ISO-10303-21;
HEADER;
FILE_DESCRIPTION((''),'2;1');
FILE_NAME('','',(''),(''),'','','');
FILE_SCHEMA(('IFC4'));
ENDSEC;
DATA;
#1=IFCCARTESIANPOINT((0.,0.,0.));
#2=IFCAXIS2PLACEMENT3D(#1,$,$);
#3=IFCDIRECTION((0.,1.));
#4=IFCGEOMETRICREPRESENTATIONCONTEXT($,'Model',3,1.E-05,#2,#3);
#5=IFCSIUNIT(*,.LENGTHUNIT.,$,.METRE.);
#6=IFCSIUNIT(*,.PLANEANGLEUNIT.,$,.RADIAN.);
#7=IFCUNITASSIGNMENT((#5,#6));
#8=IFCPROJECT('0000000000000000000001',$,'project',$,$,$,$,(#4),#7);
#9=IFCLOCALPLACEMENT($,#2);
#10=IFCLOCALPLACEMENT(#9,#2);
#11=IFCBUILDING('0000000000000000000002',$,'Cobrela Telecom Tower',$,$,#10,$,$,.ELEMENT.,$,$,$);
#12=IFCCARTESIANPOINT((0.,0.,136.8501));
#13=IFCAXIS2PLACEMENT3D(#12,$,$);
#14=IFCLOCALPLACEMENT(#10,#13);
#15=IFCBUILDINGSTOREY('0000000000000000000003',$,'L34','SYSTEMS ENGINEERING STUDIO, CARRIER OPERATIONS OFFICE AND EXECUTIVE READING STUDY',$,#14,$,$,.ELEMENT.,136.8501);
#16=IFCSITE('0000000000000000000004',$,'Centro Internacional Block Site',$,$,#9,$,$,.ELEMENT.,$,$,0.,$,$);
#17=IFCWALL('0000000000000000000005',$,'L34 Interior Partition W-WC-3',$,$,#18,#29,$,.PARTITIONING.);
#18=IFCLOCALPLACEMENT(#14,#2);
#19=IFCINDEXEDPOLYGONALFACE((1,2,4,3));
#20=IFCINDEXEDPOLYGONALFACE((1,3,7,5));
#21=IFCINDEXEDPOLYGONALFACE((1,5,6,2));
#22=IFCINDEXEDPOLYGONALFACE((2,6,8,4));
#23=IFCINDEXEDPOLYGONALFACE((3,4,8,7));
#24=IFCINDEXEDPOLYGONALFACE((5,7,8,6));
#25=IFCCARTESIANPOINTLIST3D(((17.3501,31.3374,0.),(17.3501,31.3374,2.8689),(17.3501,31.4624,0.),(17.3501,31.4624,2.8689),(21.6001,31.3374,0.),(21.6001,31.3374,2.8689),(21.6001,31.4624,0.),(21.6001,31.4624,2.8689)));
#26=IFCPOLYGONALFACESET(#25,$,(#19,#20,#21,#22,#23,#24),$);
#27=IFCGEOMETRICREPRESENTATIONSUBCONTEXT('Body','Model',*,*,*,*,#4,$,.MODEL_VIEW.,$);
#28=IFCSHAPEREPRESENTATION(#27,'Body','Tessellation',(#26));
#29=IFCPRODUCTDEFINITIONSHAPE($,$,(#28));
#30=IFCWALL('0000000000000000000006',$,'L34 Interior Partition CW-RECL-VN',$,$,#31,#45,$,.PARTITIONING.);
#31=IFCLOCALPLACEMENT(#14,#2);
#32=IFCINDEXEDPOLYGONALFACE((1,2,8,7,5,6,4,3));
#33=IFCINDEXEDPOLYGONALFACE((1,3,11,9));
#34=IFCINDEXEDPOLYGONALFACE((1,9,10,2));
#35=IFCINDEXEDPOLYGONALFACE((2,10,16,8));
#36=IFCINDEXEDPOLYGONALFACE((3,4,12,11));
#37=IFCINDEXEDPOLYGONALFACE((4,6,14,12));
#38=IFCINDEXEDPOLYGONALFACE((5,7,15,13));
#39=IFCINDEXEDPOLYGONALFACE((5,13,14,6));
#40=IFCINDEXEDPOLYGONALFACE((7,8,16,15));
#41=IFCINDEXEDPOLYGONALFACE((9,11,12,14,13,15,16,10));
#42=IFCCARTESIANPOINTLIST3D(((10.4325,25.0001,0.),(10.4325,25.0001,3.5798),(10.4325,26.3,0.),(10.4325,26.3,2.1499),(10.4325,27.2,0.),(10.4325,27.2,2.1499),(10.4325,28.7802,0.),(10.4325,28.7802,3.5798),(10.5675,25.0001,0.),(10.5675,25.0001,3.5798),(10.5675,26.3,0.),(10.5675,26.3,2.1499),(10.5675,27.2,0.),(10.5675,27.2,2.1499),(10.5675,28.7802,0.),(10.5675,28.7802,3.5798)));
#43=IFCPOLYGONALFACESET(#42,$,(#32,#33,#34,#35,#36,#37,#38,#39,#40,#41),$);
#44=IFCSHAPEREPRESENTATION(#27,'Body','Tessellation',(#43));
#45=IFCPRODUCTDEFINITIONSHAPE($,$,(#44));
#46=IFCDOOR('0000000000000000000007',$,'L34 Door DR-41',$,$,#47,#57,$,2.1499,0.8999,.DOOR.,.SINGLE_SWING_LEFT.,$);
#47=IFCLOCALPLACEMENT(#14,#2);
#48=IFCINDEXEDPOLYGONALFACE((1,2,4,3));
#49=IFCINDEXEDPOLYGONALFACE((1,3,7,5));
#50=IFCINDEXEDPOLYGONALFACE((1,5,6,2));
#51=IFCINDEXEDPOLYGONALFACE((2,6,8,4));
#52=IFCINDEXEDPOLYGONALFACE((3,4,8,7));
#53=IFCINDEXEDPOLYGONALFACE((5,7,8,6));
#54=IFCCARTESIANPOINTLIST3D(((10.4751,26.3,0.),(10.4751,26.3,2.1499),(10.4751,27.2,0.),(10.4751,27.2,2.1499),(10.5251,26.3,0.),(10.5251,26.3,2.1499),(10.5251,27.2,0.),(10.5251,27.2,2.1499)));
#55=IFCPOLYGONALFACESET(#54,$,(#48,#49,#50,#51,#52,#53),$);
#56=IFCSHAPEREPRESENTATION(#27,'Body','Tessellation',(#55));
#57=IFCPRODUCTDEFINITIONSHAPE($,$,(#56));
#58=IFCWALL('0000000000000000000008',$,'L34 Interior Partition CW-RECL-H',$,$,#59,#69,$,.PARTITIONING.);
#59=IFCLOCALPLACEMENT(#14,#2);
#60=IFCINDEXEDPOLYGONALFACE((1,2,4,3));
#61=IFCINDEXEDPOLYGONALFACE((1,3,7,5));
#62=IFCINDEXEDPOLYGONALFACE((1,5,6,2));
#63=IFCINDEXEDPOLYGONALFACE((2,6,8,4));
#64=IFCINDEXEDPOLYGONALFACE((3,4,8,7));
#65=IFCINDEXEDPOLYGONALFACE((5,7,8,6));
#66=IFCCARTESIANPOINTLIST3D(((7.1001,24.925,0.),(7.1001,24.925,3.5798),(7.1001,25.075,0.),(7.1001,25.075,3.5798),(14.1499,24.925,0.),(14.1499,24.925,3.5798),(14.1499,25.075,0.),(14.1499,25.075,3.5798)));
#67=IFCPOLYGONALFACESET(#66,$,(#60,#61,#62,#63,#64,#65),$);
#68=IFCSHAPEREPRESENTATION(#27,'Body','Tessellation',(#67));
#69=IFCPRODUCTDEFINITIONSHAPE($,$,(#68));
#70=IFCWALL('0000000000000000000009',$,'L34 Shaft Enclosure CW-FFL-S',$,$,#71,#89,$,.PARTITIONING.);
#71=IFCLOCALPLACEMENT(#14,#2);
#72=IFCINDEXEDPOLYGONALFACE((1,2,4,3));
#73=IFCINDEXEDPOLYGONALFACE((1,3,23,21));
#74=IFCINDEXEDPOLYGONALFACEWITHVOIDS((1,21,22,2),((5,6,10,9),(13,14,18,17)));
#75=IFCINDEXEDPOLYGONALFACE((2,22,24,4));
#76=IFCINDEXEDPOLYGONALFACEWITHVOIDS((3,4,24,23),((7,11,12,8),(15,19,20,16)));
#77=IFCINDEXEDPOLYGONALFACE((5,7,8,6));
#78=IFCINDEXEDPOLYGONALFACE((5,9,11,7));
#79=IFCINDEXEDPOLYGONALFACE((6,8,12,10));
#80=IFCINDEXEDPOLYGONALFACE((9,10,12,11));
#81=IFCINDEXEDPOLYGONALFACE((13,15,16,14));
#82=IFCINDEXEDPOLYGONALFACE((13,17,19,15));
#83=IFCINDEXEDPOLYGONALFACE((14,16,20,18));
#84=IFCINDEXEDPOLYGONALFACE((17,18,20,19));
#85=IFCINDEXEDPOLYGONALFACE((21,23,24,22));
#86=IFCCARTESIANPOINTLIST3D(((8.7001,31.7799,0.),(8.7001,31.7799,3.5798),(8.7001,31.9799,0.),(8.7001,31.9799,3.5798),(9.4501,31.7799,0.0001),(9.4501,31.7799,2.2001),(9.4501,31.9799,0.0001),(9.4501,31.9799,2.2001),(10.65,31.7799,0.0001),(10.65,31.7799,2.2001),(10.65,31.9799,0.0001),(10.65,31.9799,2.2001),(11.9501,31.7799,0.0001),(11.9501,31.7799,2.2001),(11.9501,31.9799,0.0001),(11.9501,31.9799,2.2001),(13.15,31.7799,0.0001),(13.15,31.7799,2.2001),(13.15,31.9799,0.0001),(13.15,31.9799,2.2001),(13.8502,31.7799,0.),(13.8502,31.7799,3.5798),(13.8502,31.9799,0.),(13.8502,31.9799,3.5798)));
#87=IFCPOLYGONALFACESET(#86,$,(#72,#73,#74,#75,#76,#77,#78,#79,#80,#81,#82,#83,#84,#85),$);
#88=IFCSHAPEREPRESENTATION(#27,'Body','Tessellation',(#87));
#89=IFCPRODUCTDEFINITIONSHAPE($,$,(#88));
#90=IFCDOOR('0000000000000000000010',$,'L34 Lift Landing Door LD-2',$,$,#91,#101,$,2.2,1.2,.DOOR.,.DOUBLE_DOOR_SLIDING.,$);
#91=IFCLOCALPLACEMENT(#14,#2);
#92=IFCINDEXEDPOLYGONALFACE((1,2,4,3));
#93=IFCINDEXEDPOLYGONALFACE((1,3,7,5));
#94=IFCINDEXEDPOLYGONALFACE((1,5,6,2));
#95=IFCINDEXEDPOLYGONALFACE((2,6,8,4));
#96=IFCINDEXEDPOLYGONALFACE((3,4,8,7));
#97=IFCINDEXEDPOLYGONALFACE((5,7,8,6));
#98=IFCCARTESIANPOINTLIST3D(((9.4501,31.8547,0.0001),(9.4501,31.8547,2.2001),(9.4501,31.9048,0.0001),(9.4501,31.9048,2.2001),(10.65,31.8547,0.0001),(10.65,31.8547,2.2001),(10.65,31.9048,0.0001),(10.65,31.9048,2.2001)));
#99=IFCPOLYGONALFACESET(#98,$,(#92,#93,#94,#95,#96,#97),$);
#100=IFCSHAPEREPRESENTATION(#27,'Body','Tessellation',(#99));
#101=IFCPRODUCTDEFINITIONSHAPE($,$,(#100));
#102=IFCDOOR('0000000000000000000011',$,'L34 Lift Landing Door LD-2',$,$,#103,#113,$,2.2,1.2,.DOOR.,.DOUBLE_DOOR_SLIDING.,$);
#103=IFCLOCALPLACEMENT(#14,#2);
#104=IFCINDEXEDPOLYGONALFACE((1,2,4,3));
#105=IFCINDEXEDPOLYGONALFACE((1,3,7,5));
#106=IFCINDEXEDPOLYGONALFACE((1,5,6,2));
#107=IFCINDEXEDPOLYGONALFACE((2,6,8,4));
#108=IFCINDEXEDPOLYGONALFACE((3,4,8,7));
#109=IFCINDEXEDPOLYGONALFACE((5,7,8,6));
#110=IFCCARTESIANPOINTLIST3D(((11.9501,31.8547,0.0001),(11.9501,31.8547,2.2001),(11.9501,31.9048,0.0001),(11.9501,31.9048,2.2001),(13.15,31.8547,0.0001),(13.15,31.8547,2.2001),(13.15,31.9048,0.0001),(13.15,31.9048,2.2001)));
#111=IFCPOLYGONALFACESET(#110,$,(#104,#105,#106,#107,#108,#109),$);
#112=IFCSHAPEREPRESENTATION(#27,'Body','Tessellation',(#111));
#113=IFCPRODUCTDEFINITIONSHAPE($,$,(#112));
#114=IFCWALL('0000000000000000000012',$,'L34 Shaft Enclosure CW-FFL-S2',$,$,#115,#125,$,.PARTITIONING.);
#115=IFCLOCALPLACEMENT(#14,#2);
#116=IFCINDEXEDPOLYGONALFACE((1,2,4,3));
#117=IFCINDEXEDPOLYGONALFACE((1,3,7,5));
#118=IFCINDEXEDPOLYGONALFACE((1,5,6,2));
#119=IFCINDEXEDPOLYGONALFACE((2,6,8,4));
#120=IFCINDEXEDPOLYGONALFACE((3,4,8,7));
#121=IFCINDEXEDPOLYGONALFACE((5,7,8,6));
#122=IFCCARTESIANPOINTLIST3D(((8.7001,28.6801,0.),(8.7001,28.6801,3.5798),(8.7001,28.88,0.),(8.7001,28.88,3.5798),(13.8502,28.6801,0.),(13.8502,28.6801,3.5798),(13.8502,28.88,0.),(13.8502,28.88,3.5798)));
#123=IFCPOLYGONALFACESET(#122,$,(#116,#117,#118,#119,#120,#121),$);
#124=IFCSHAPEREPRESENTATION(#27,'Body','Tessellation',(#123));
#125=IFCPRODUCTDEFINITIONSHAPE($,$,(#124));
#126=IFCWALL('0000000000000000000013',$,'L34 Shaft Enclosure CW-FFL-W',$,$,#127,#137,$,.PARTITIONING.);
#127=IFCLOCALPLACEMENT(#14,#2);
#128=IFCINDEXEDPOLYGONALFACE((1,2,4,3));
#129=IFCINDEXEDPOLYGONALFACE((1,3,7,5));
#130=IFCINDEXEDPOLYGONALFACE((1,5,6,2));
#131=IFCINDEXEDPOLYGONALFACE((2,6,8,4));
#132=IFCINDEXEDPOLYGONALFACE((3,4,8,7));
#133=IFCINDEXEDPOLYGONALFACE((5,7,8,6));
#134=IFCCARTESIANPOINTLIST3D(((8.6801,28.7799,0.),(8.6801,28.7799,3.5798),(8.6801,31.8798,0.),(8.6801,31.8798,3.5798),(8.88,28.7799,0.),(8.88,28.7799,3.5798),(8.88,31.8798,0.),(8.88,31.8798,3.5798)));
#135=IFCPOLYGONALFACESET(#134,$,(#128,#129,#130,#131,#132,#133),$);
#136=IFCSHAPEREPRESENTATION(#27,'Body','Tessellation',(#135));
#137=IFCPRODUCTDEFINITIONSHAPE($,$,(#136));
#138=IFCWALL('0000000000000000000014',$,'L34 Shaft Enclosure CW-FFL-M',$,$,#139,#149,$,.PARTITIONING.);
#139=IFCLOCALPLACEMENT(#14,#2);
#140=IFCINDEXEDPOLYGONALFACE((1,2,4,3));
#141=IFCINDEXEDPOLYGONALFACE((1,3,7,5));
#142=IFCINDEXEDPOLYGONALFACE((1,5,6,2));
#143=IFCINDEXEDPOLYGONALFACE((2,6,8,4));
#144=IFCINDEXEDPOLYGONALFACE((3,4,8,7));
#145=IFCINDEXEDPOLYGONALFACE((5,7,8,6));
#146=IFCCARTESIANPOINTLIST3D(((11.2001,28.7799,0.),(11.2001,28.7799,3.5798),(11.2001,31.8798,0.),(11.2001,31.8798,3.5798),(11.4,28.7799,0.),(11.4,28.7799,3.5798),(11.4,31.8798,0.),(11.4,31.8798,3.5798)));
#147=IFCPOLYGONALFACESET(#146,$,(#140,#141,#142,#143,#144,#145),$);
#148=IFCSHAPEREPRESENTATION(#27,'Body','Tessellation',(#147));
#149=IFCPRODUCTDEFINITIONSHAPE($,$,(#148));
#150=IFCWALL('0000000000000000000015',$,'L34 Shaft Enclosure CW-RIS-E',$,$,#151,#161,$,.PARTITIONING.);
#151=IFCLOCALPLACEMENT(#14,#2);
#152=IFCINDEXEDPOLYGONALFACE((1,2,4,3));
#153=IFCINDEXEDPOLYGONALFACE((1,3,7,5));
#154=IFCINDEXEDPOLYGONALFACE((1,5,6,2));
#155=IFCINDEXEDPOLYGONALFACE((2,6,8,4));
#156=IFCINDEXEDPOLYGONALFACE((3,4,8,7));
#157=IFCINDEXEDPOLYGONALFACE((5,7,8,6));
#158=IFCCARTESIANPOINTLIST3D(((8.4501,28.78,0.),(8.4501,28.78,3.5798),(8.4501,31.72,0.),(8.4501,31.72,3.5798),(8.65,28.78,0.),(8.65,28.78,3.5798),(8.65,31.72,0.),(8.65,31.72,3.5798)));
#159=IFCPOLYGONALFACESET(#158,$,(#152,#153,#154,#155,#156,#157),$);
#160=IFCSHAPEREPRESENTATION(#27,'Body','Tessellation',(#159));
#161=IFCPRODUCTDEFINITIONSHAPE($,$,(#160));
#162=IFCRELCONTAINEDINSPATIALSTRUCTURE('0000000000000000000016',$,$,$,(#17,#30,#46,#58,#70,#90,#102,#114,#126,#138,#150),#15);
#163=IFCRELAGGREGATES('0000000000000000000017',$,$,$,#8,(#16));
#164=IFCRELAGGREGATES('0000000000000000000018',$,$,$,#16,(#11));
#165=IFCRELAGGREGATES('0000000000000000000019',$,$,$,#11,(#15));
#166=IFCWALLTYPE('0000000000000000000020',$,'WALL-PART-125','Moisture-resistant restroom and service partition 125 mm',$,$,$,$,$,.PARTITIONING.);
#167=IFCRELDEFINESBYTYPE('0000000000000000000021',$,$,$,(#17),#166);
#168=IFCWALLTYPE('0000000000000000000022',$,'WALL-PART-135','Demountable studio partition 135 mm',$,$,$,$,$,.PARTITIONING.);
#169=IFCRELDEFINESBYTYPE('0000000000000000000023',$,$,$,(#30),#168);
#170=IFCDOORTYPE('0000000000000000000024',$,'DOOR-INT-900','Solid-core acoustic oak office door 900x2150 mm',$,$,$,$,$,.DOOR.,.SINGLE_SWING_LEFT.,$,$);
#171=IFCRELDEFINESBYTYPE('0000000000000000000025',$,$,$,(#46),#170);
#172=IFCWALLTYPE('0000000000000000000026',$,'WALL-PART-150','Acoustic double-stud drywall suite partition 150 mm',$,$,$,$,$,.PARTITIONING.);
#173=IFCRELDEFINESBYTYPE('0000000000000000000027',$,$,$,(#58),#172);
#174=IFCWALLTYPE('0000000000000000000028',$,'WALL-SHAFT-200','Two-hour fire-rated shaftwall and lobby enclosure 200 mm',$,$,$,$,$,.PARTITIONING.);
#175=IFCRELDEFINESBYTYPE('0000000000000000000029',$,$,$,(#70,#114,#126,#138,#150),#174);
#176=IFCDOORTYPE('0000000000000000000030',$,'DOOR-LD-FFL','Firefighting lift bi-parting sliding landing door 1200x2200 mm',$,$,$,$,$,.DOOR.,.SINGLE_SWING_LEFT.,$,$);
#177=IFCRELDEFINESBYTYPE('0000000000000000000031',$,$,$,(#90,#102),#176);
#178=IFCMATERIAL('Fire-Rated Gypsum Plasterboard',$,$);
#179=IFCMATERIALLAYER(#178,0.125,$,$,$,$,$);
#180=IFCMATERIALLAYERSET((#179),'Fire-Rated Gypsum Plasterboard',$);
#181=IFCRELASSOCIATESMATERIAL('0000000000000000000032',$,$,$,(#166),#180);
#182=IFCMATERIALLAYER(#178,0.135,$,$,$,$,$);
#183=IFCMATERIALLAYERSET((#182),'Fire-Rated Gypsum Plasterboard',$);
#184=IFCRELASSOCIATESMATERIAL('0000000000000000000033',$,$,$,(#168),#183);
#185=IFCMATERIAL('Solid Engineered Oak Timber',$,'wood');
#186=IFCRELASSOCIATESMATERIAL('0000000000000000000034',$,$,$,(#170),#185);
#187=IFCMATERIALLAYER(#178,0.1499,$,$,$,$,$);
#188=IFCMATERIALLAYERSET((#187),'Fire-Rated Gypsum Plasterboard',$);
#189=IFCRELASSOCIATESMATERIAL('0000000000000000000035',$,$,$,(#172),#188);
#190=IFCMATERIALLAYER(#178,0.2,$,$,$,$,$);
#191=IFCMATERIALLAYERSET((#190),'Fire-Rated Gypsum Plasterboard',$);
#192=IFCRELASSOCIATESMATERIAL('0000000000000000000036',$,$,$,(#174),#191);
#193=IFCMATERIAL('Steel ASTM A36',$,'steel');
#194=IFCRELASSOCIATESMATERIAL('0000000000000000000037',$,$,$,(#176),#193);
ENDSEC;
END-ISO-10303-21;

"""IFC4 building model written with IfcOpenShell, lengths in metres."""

from ifc_helpers import new_model, si_unit, direction, frame, frame_2d, origin, place, context, subcontext, project, spatial, rectangle, extrude, material, layer, layer_set, type_object, element, fill, save


model = new_model("IFC4")

# Units and contexts
model_context = context("Model", 3, precision=1e-05, world=origin(), true_north=direction((0.0, 1.0)))
body_context = subcontext(model_context, "Body", "Model", "MODEL_VIEW")
ifc_project = project(units=[si_unit("LENGTHUNIT", "METRE"), si_unit("PLANEANGLEUNIT", "RADIAN")], contexts=[model_context])

# Site, building, storey
site_placement = place(None, origin())
site = spatial("IfcSite", under=ifc_project, at=site_placement, Name="Centro Internacional Block Site", CompositionType="ELEMENT", RefElevation=0.0)
building_placement = place(site_placement, origin())
building = spatial("IfcBuilding", under=site, at=building_placement, Name="Cobrela Telecom Tower", CompositionType="ELEMENT")
storey_placement = place(building_placement, frame((0.0, 0.0, 136.8501)))
storey = spatial("IfcBuildingStorey", under=building, at=storey_placement, Name="L34", Description="SYSTEMS ENGINEERING STUDIO, CARRIER OPERATIONS OFFICE AND EXECUTIVE READING STUDY", CompositionType="ELEMENT", Elevation=136.8501)

# Shared definitions
ifc_material_1 = material(Name="Steel ASTM A36", Category="steel")

# Wall
ifc_material_2 = material(Name="Fire-Rated Gypsum Plasterboard")
ifc_layer_1 = layer(ifc_material_2, 0.125)
ifc_layer_set_1 = layer_set([ifc_layer_1], Name="Fire-Rated Gypsum Plasterboard")
wall_type_1 = type_object("IfcWallType", Name="WALL-PART-125", Description="Moisture-resistant restroom and service partition 125 mm", PredefinedType="PARTITIONING", material=ifc_layer_set_1)
for number, where, z_axis, x_axis, name in (
    (1, (17.3501, 31.3999, 0.0), (0.0, 0.0, 1.0), (1.0, 0.0, 0.0), "L34 Interior Partition W-WC-3"),
):
    element("IfcWall", number, at=place(storey_placement, frame(where, z_axis=z_axis, x_axis=x_axis)), inside=storey, type_object=wall_type_1, Name=name, PredefinedType="PARTITIONING", context=body_context, shape_type="SweptSolid", body=[
        extrude(rectangle(XDim=4.25, YDim=0.125, at=frame_2d((2.125, 0.0))), origin(), (0.0, 0.0, 1.0), 2.8689),
    ])

# Wall, opening, door
ifc_layer_2 = layer(ifc_material_2, 0.135)
ifc_layer_set_2 = layer_set([ifc_layer_2], Name="Fire-Rated Gypsum Plasterboard")
wall_type_2 = type_object("IfcWallType", Name="WALL-PART-135", Description="Demountable studio partition 135 mm", PredefinedType="PARTITIONING", material=ifc_layer_set_2)
wall_1_placement = place(storey_placement, frame((10.5, 25.0, 0.0), z_axis=(0.0, 0.0, 1.0), x_axis=(0.0, 1.0, 0.0)))
wall_1 = element("IfcWall", 2, at=wall_1_placement, inside=storey, type_object=wall_type_2, Name="L34 Interior Partition CW-RECL-VN", PredefinedType="PARTITIONING", context=body_context, shape_type="SweptSolid", body=[
    extrude(rectangle(XDim=3.78, YDim=0.135, at=frame_2d((1.8901, 0.0))), origin(), (0.0, 0.0, 1.0), 3.5798),
])
opening_1_placement = place(wall_1_placement, frame((1.3, 0.0, 0.0)))
opening_1 = element("IfcOpeningElement", 3, at=opening_1_placement, cuts=wall_1, PredefinedType="OPENING", context=body_context, shape_type="SweptSolid", body=[
    extrude(rectangle(XDim=0.8999, YDim=2.1499, at=frame_2d((0.45, 1.075))), frame((0.0, 0.0796, 0.0), z_axis=(0.0, -1.0, 0.0), x_axis=(1.0, 0.0, 0.0)), (0.0, 0.0, 1.0), 0.1589),
])
ifc_material_3 = material(Name="Solid Engineered Oak Timber", Category="wood")
door_type_1 = type_object("IfcDoorType", Name="DOOR-INT-900", Description="Solid-core acoustic oak office door 900x2150 mm", OperationType="SINGLE_SWING_LEFT", PredefinedType="DOOR", material=ifc_material_3)
door_1_placement = place(opening_1_placement, origin())
door_1 = element("IfcDoor", 4, at=door_1_placement, inside=storey, type_object=door_type_1, Name="L34 Door DR-41", OperationType="SINGLE_SWING_LEFT", OverallHeight=2.1499, OverallWidth=0.8999, PredefinedType="DOOR", context=body_context, shape_type="SweptSolid", body=[
    extrude(rectangle(XDim=0.8999, YDim=2.1499, at=frame_2d((0.45, 1.075))), frame((0.0, 0.0249, 0.0), z_axis=(0.0, -1.0, 0.0), x_axis=(1.0, 0.0, 0.0)), (0.0, 0.0, 1.0), 0.05),
])
fill(opening_1, door_1)

# Wall
ifc_layer_3 = layer(ifc_material_2, 0.1499)
ifc_layer_set_3 = layer_set([ifc_layer_3], Name="Fire-Rated Gypsum Plasterboard")
wall_type_3 = type_object("IfcWallType", Name="WALL-PART-150", Description="Acoustic double-stud drywall suite partition 150 mm", PredefinedType="PARTITIONING", material=ifc_layer_set_3)
wall_2_placement = place(storey_placement, frame((7.1001, 25.0, 0.0), z_axis=(0.0, 0.0, 1.0), x_axis=(1.0, 0.0, 0.0)))
element("IfcWall", 5, at=wall_2_placement, inside=storey, type_object=wall_type_3, Name="L34 Interior Partition CW-RECL-H", PredefinedType="PARTITIONING", context=body_context, shape_type="SweptSolid", body=[
    extrude(rectangle(XDim=7.0498, YDim=0.1499, at=frame_2d((3.5249, 0.0))), origin(), (0.0, 0.0, 1.0), 3.5798),
])

# Wall, openings, doors
ifc_layer_4 = layer(ifc_material_2, 0.2)
ifc_layer_set_4 = layer_set([ifc_layer_4], Name="Fire-Rated Gypsum Plasterboard")
wall_type_4 = type_object("IfcWallType", Name="WALL-SHAFT-200", Description="Two-hour fire-rated shaftwall and lobby enclosure 200 mm", PredefinedType="PARTITIONING", material=ifc_layer_set_4)
wall_3_placement = place(storey_placement, frame((8.7, 31.8799, 0.0), z_axis=(0.0, 0.0, 1.0), x_axis=(1.0, 0.0, 0.0)))
wall_3 = element("IfcWall", 6, at=wall_3_placement, inside=storey, type_object=wall_type_4, Name="L34 Shaft Enclosure CW-FFL-S", PredefinedType="PARTITIONING", context=body_context, shape_type="SweptSolid", body=[
    extrude(rectangle(XDim=5.1501, YDim=0.2, at=frame_2d((2.5752, 0.0))), origin(), (0.0, 0.0, 1.0), 3.5798),
])
opening_2_placement = place(wall_3_placement, frame((0.75, 0.0, 0.0)))
opening_2 = element("IfcOpeningElement", 7, at=opening_2_placement, cuts=wall_3, PredefinedType="OPENING", context=body_context, shape_type="SweptSolid", body=[
    extrude(rectangle(XDim=1.2, YDim=2.2, at=frame_2d((0.6001, 1.1001))), frame((0.0, 0.1118, 0.0), z_axis=(0.0, -1.0, 0.0), x_axis=(1.0, 0.0, 0.0)), (0.0, 0.0, 1.0), 0.2239),
])
opening_3_placement = place(wall_3_placement, frame((3.25, 0.0, 0.0)))
opening_3 = element("IfcOpeningElement", 8, at=opening_3_placement, cuts=wall_3, PredefinedType="OPENING", context=body_context, shape_type="SweptSolid", body=[
    extrude(rectangle(XDim=1.2, YDim=2.2, at=frame_2d((0.6001, 1.1001))), frame((0.0, 0.1118, 0.0), z_axis=(0.0, -1.0, 0.0), x_axis=(1.0, 0.0, 0.0)), (0.0, 0.0, 1.0), 0.2239),
])
door_type_2 = type_object("IfcDoorType", Name="DOOR-LD-FFL", Description="Firefighting lift bi-parting sliding landing door 1200x2200 mm", OperationType="SINGLE_SWING_LEFT", PredefinedType="DOOR", material=ifc_material_1)
door_2_placement = place(opening_2_placement, origin())
door_2 = element("IfcDoor", 9, at=door_2_placement, inside=storey, type_object=door_type_2, Name="L34 Lift Landing Door LD-2", OperationType="DOUBLE_DOOR_SLIDING", OverallHeight=2.2, OverallWidth=1.2, PredefinedType="DOOR", context=body_context, shape_type="SweptSolid", body=[
    extrude(rectangle(XDim=1.2, YDim=2.2, at=frame_2d((0.6001, 1.1001))), frame((0.0, 0.0249, 0.0), z_axis=(0.0, -1.0, 0.0), x_axis=(1.0, 0.0, 0.0)), (0.0, 0.0, 1.0), 0.05),
])
fill(opening_2, door_2)
door_3_placement = place(opening_3_placement, origin())
door_3 = element("IfcDoor", 10, at=door_3_placement, inside=storey, type_object=door_type_2, Name="L34 Lift Landing Door LD-2", OperationType="DOUBLE_DOOR_SLIDING", OverallHeight=2.2, OverallWidth=1.2, PredefinedType="DOOR", context=body_context, shape_type="SweptSolid", body=[
    extrude(rectangle(XDim=1.2, YDim=2.2, at=frame_2d((0.6001, 1.1001))), frame((0.0, 0.0249, 0.0), z_axis=(0.0, -1.0, 0.0), x_axis=(1.0, 0.0, 0.0)), (0.0, 0.0, 1.0), 0.05),
])
fill(opening_3, door_3)

# Walls
wall_4_placement = place(storey_placement, frame((8.7, 28.78, 0.0), z_axis=(0.0, 0.0, 1.0), x_axis=(1.0, 0.0, 0.0)))
element("IfcWall", 11, at=wall_4_placement, inside=storey, type_object=wall_type_4, Name="L34 Shaft Enclosure CW-FFL-S2", PredefinedType="PARTITIONING", context=body_context, shape_type="SweptSolid", body=[
    extrude(rectangle(XDim=5.1501, YDim=0.2, at=frame_2d((2.5752, 0.0))), origin(), (0.0, 0.0, 1.0), 3.5798),
])
for number, where, z_axis, x_axis, name in (
    (12, (8.78, 28.78, 0.0), (0.0, 0.0, 1.0), (0.0, 1.0, 0.0), "L34 Shaft Enclosure CW-FFL-W"),
    (13, (11.3, 28.78, 0.0), (0.0, 0.0, 1.0), (0.0, 1.0, 0.0), "L34 Shaft Enclosure CW-FFL-M"),
):
    element("IfcWall", number, at=place(storey_placement, frame(where, z_axis=z_axis, x_axis=x_axis)), inside=storey, type_object=wall_type_4, Name=name, PredefinedType="PARTITIONING", context=body_context, shape_type="SweptSolid", body=[
        extrude(rectangle(XDim=3.0999, YDim=0.2, at=frame_2d((1.5498, 0.0))), origin(), (0.0, 0.0, 1.0), 3.5798),
    ])
wall_5_placement = place(storey_placement, frame((8.55, 28.78, 0.0), z_axis=(0.0, 0.0, 1.0), x_axis=(0.0, 1.0, 0.0)))
element("IfcWall", 14, at=wall_5_placement, inside=storey, type_object=wall_type_4, Name="L34 Shaft Enclosure CW-RIS-E", PredefinedType="PARTITIONING", context=body_context, shape_type="SweptSolid", body=[
    extrude(rectangle(XDim=2.9399, YDim=0.2, at=frame_2d((1.47, 0.0))), origin(), (0.0, 0.0, 1.0), 3.5798),
])

save(model, "model.ifc")
